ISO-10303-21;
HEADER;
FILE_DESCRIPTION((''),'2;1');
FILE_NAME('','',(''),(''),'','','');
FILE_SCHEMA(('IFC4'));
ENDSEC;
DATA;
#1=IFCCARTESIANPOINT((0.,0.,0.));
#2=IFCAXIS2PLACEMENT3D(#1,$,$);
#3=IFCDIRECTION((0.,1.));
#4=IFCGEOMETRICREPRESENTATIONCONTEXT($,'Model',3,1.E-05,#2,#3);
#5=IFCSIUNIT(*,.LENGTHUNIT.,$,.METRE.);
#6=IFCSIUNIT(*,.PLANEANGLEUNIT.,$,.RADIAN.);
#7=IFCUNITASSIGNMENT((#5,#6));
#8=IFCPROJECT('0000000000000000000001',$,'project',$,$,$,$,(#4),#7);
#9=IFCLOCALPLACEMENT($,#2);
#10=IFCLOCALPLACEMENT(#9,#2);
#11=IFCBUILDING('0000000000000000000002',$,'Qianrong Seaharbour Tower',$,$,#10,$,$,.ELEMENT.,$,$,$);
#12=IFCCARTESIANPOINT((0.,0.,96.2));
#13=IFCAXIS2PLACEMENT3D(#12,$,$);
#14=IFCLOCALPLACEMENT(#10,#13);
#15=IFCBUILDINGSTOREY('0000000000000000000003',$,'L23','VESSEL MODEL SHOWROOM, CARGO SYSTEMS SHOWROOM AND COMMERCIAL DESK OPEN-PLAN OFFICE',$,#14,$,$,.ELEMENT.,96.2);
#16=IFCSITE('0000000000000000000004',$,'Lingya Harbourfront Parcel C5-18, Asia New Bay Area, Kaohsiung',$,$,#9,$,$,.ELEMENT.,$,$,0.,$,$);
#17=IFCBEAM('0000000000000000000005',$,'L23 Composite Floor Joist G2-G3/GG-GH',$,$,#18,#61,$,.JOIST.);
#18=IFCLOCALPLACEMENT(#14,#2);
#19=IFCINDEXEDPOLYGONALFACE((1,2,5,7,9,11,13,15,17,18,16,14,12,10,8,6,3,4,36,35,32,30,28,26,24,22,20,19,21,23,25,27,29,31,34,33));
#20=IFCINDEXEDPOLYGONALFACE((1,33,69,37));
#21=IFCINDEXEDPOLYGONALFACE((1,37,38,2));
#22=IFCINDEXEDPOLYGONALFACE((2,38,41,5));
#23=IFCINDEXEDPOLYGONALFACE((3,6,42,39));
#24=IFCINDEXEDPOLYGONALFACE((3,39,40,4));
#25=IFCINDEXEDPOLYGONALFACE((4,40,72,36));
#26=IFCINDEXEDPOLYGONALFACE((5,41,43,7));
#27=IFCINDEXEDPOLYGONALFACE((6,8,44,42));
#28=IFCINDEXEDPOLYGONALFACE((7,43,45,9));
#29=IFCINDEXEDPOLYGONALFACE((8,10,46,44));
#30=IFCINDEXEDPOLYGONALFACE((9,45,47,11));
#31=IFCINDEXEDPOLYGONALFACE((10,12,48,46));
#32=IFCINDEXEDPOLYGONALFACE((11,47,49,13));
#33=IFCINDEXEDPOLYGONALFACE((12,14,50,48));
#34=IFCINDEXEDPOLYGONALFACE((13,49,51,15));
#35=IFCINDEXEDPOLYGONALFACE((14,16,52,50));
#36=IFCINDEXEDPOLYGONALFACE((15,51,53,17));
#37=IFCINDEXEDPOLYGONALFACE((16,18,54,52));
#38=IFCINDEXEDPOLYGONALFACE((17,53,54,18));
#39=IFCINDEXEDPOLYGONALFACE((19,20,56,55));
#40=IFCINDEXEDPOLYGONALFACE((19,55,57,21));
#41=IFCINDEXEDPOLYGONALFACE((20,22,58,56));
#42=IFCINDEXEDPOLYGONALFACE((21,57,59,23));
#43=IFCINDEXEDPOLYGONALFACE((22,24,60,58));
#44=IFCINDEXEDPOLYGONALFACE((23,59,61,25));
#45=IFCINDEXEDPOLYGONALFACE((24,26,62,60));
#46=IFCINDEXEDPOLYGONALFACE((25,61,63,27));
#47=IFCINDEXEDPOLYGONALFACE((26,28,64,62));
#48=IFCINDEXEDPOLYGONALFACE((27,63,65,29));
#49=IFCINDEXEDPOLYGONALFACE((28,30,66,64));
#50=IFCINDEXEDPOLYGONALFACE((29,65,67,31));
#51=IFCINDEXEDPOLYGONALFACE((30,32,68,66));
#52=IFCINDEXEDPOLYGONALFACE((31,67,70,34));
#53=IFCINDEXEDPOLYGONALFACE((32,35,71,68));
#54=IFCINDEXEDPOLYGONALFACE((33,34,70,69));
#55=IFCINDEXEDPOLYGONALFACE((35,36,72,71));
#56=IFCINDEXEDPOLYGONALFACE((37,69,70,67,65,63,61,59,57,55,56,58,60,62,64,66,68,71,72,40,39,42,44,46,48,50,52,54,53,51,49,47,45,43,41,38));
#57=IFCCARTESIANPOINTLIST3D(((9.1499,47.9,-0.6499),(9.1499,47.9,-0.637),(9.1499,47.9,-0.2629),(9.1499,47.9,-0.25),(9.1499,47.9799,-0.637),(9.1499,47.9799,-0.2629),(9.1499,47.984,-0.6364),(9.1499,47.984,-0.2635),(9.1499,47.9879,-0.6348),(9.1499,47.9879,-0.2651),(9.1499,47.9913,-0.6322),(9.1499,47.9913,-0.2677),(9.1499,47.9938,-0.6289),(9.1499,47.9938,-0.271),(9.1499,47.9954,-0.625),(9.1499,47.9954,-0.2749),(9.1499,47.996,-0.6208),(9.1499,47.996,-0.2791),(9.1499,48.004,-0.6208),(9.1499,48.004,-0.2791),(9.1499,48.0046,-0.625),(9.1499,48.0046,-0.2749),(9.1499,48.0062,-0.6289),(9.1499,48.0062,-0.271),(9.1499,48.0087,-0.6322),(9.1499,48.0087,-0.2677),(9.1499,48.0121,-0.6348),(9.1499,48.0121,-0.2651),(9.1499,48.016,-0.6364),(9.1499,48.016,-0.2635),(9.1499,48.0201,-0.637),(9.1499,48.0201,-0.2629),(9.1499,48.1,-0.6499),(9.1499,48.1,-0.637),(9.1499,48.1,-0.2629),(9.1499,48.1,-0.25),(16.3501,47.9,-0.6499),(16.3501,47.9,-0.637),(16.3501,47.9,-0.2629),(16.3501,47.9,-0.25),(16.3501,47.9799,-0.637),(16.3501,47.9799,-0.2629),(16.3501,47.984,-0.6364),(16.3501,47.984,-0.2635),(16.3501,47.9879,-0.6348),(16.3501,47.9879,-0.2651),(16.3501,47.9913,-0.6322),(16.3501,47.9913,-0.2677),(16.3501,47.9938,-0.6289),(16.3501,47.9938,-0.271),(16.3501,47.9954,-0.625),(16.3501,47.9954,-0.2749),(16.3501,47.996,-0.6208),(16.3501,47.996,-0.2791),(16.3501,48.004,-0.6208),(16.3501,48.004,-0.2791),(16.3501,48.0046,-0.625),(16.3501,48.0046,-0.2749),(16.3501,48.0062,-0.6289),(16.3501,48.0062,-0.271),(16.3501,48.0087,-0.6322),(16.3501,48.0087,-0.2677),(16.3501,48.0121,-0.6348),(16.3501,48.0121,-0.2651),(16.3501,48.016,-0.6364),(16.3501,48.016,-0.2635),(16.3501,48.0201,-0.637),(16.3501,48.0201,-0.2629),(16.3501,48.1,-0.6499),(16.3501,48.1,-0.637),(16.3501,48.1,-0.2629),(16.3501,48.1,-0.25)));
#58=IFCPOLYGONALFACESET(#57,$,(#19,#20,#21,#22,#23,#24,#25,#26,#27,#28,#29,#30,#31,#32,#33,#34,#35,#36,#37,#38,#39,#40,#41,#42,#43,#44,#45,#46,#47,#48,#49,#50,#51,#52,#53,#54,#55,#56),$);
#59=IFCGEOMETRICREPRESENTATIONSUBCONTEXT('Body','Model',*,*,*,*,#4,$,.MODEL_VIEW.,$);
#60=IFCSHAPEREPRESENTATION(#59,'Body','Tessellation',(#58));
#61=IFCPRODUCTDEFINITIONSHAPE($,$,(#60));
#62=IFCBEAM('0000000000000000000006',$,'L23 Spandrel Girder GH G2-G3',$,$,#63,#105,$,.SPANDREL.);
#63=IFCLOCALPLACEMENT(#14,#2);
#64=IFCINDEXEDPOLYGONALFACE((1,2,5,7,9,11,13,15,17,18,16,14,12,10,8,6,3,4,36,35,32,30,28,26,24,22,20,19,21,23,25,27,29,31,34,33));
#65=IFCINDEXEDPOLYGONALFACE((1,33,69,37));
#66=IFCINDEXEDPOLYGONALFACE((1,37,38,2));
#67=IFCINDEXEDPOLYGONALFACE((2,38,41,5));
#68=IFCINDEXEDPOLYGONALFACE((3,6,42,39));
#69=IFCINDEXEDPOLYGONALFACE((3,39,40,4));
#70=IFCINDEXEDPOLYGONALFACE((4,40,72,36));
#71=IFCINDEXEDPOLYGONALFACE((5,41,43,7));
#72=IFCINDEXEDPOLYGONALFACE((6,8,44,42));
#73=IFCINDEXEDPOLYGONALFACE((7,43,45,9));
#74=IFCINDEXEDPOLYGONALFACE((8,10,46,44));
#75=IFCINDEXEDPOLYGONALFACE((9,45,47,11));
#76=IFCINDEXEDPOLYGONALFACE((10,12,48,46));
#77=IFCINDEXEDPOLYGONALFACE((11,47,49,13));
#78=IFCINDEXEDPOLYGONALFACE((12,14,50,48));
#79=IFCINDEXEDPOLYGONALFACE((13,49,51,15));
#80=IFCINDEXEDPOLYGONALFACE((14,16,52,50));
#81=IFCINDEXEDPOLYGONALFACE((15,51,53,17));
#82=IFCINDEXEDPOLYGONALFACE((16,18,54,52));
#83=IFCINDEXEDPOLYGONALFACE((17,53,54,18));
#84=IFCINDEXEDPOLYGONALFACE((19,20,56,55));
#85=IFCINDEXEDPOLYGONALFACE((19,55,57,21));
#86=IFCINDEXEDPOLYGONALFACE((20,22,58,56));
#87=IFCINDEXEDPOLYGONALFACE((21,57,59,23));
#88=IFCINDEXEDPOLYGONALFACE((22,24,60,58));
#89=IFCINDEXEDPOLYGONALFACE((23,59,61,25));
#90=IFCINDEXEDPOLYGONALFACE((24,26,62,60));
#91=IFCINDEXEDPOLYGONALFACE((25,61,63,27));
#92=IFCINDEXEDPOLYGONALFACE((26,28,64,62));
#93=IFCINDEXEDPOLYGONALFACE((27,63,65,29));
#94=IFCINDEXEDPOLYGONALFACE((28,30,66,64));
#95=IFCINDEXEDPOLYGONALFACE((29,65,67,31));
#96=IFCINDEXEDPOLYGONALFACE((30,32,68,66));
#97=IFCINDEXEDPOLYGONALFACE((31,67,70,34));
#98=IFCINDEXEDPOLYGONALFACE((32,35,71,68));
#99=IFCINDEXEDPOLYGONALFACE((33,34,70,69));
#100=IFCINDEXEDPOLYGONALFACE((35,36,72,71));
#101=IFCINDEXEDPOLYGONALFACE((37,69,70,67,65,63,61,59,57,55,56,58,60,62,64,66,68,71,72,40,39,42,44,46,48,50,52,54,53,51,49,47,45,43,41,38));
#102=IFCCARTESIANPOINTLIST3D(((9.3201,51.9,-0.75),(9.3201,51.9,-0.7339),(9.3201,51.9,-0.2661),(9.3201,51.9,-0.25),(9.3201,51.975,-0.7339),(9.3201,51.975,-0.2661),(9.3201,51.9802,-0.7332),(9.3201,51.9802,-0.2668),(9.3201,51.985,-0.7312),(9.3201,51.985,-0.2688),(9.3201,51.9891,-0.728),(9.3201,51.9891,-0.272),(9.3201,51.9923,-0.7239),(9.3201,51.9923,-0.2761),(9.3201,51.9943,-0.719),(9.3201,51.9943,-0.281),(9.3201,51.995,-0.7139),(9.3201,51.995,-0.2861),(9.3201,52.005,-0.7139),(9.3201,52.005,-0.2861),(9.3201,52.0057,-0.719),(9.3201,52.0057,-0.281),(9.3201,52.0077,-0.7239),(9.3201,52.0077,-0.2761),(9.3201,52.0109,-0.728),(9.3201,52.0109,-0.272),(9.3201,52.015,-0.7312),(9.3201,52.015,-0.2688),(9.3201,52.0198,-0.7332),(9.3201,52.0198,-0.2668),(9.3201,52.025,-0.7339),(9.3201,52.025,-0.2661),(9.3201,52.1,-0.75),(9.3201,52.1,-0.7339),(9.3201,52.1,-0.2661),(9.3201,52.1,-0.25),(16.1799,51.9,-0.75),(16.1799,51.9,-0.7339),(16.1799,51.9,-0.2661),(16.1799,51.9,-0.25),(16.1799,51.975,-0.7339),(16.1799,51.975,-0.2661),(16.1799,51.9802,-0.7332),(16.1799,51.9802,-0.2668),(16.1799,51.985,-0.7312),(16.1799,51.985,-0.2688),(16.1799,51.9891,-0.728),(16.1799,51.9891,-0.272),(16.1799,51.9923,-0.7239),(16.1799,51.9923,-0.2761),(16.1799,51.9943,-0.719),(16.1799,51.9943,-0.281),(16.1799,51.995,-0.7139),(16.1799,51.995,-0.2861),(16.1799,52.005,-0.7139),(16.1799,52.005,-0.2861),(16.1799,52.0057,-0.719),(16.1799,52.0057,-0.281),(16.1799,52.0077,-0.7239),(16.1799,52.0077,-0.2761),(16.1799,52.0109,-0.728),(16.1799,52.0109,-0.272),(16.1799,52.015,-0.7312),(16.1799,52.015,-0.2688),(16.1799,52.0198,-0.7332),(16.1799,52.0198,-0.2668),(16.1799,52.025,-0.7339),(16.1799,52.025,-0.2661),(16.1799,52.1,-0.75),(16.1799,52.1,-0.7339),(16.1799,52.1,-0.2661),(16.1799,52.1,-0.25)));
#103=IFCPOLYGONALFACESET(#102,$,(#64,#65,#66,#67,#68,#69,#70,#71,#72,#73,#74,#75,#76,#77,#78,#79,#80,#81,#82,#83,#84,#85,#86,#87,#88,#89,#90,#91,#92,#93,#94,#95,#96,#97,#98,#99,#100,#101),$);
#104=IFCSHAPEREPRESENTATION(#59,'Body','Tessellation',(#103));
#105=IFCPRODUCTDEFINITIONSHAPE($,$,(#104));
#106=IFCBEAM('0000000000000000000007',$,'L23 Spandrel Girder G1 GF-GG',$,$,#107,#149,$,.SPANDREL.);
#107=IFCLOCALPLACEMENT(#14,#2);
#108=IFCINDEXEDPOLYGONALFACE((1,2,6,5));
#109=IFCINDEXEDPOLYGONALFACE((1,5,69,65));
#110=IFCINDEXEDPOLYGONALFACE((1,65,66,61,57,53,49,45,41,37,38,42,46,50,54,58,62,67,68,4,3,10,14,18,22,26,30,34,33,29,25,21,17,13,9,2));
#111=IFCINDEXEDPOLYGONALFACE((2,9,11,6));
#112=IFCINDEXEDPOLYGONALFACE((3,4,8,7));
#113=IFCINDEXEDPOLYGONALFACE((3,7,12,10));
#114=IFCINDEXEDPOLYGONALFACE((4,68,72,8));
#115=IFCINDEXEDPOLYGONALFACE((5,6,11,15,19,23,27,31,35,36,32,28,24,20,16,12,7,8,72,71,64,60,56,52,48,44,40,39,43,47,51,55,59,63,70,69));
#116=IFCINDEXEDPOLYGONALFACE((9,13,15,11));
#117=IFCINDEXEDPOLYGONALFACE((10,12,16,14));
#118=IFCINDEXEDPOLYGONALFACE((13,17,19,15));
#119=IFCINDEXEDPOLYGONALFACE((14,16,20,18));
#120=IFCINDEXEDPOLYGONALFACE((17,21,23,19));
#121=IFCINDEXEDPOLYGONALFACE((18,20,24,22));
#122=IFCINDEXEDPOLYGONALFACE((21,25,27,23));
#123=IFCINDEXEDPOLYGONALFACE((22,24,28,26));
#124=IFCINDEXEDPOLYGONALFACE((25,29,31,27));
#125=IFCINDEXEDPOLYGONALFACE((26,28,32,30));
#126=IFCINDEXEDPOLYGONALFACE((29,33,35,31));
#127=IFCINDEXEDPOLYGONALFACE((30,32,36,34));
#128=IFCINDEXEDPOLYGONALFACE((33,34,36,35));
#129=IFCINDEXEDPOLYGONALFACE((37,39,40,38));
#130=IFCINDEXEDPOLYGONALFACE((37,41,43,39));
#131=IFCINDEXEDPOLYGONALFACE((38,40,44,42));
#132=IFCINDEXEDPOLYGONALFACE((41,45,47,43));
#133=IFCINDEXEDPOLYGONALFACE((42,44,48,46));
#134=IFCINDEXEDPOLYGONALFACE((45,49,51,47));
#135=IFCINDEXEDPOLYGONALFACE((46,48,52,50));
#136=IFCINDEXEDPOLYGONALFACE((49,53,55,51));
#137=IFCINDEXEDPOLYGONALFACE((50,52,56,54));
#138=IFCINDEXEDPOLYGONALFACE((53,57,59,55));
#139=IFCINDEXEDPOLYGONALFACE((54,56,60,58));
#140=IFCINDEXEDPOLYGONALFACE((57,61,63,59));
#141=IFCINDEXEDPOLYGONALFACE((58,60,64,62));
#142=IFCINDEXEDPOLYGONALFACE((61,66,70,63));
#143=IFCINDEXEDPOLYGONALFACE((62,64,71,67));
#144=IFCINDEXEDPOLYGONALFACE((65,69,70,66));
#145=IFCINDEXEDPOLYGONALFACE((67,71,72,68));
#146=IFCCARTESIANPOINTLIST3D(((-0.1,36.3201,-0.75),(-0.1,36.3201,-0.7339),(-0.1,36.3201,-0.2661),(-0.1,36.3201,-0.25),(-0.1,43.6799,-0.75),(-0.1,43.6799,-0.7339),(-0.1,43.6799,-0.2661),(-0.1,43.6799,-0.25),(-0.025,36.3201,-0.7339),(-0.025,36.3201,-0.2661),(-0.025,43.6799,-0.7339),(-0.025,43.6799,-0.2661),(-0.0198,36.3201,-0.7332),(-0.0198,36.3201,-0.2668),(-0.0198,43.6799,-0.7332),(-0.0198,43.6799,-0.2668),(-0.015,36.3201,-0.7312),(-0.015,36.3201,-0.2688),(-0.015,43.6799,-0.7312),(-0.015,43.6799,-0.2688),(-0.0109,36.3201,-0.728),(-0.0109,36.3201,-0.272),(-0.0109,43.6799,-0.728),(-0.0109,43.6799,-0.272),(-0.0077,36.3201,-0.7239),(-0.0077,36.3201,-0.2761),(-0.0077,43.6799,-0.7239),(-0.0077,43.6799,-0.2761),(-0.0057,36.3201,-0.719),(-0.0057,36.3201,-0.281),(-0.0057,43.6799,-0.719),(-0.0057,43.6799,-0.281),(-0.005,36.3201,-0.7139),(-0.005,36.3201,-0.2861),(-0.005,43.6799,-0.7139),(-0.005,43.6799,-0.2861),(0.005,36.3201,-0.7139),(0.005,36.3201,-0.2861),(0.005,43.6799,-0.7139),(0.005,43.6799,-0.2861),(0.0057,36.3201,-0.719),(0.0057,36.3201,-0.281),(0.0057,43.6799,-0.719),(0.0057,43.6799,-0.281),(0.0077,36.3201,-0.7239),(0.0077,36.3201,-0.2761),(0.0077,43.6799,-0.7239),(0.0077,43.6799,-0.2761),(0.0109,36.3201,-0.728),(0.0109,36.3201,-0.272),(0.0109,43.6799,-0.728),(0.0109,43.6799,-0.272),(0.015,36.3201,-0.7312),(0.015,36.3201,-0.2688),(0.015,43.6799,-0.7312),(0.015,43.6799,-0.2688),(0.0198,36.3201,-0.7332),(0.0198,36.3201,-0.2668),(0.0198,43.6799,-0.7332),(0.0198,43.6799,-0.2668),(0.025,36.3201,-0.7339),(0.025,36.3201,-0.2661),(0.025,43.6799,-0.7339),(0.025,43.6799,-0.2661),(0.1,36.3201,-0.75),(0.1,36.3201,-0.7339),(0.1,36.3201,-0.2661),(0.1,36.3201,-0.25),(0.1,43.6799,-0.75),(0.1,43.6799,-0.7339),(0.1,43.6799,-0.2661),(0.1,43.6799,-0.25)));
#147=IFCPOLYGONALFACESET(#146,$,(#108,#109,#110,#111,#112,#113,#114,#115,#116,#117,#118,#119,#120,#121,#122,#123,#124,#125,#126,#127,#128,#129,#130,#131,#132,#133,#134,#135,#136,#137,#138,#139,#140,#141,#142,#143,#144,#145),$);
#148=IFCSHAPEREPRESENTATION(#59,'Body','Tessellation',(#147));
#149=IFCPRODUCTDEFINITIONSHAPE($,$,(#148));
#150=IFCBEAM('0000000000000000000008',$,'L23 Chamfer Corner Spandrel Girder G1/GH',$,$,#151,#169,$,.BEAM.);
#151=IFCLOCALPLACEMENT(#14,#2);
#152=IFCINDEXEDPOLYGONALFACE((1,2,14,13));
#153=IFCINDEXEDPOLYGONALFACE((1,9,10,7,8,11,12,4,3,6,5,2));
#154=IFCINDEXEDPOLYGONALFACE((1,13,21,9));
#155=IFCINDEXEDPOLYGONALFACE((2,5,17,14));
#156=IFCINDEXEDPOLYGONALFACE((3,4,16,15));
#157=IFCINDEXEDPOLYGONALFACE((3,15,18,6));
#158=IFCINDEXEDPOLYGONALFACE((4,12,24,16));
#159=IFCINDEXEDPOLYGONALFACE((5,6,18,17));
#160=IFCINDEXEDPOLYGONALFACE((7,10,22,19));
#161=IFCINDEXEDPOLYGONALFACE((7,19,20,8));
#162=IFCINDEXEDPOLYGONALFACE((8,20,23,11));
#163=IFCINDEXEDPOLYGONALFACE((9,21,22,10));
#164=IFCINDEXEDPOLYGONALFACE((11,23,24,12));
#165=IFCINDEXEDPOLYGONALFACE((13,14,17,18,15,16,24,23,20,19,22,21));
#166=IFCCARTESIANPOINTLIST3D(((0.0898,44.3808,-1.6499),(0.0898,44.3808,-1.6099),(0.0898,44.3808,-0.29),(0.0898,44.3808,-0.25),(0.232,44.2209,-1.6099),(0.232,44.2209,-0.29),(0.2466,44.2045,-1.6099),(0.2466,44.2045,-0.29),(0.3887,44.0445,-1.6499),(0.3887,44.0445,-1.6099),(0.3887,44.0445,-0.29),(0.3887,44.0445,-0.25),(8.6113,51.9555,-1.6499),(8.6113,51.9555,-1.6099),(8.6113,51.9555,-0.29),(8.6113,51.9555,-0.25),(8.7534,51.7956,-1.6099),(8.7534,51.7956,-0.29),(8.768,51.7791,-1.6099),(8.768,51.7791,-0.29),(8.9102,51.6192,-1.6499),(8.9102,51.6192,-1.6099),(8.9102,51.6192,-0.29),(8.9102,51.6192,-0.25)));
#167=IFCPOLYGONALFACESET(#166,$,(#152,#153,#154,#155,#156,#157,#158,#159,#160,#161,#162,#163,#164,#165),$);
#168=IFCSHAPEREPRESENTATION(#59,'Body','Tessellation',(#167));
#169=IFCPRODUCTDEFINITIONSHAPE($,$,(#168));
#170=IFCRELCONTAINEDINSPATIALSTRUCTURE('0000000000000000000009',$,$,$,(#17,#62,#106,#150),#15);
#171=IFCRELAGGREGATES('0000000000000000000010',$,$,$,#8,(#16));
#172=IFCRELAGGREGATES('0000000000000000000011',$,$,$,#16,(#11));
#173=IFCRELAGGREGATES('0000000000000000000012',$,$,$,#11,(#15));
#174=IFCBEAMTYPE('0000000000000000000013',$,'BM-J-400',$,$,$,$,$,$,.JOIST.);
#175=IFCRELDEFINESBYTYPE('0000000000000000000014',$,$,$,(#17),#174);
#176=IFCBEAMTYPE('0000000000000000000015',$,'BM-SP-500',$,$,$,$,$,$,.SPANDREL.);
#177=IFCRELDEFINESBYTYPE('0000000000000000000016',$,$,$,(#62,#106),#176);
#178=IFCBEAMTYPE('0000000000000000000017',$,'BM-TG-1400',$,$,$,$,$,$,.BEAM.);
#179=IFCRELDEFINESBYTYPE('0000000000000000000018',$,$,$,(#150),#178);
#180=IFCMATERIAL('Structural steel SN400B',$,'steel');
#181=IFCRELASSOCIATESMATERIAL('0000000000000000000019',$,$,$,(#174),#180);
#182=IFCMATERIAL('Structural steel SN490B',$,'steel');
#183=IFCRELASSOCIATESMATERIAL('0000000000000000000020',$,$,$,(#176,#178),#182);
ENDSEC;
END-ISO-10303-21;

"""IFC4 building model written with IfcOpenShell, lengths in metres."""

from ifc_helpers import new_model, si_unit, direction, frame, origin, origin_2d, place, context, subcontext, project, spatial, i_section, extrude, material, material_profile, profile_set, type_object, element, save


model = new_model("IFC4")

# Units and contexts
model_context = context("Model", 3, precision=1e-05, world=origin(), true_north=direction((0.0, 1.0)))
body_context = subcontext(model_context, "Body", "Model", "MODEL_VIEW")
ifc_project = project(units=[si_unit("LENGTHUNIT", "METRE"), si_unit("PLANEANGLEUNIT", "RADIAN")], contexts=[model_context])

# Site, building, storey
site_placement = place(None, origin())
site = spatial("IfcSite", under=ifc_project, at=site_placement, Name="Lingya Harbourfront Parcel C5-18, Asia New Bay Area, Kaohsiung", CompositionType="ELEMENT", RefElevation=0.0)
building_placement = place(site_placement, origin())
building = spatial("IfcBuilding", under=site, at=building_placement, Name="Qianrong Seaharbour Tower", CompositionType="ELEMENT")
storey_placement = place(building_placement, frame((0.0, 0.0, 96.2)))
storey = spatial("IfcBuildingStorey", under=building, at=storey_placement, Name="L23", Description="VESSEL MODEL SHOWROOM, CARGO SYSTEMS SHOWROOM AND COMMERCIAL DESK OPEN-PLAN OFFICE", CompositionType="ELEMENT", Elevation=96.2)

# Shared definitions
ifc_material_1 = material(Name="Structural steel SN490B", Category="steel")

# Beams
ifc_material_2 = material(Name="Structural steel SN400B", Category="steel")
ifc_material_profile_1 = material_profile(ifc_material_2, i_section(OverallWidth=0.2, OverallDepth=0.3999, WebThickness=0.0081, FlangeThickness=0.0129, FilletRadius=0.0161, at=origin_2d()), Name="H400x200x8x13")
ifc_profile_set_1 = profile_set([ifc_material_profile_1], Name="Structural steel SN400B")
beam_type_1 = type_object("IfcBeamType", Name="BM-J-400", PredefinedType="JOIST", material=ifc_profile_set_1)
for number, where, z_axis, x_axis, name in (
    (1, (9.1499, 48.0, -0.45), (1.0, 0.0, 0.0), (0.0, 1.0, 0.0), "L23 Composite Floor Joist G2-G3/GG-GH"),
):
    element("IfcBeam", number, at=place(storey_placement, frame(where, z_axis=z_axis, x_axis=x_axis)), inside=storey, type_object=beam_type_1, Name=name, PredefinedType="JOIST", context=body_context, shape_type="SweptSolid", body=[
        extrude(i_section(OverallWidth=0.2, OverallDepth=0.3999, WebThickness=0.0081, FlangeThickness=0.0129, FilletRadius=0.0161, at=origin_2d()), origin(), (0.0, 0.0, 1.0), 7.2002),
    ])
ifc_material_profile_2 = material_profile(ifc_material_1, i_section(OverallWidth=0.2, OverallDepth=0.5, WebThickness=0.01, FlangeThickness=0.0161, FilletRadius=0.02, at=origin_2d()), Name="H500x200x10x16")
ifc_profile_set_2 = profile_set([ifc_material_profile_2], Name="Structural steel SN490B")
beam_type_2 = type_object("IfcBeamType", Name="BM-SP-500", PredefinedType="SPANDREL", material=ifc_profile_set_2)
beam_1_placement = place(storey_placement, frame((9.3201, 52.0, -0.5), z_axis=(1.0, 0.0, 0.0), x_axis=(0.0, 1.0, 0.0)))
element("IfcBeam", 2, at=beam_1_placement, inside=storey, type_object=beam_type_2, Name="L23 Spandrel Girder GH G2-G3", PredefinedType="SPANDREL", context=body_context, shape_type="SweptSolid", body=[
    extrude(i_section(OverallWidth=0.2, OverallDepth=0.5, WebThickness=0.01, FlangeThickness=0.0161, FilletRadius=0.02, at=origin_2d()), origin(), (0.0, 0.0, 1.0), 6.8599),
])
beam_2_placement = place(storey_placement, frame((0.0, 36.3201, -0.5), z_axis=(0.0, 1.0, 0.0), x_axis=(-1.0, 0.0, 0.0)))
element("IfcBeam", 3, at=beam_2_placement, inside=storey, type_object=beam_type_2, Name="L23 Spandrel Girder G1 GF-GG", PredefinedType="SPANDREL", context=body_context, shape_type="SweptSolid", body=[
    extrude(i_section(OverallWidth=0.2, OverallDepth=0.5, WebThickness=0.01, FlangeThickness=0.0161, FilletRadius=0.02, at=origin_2d()), origin(), (0.0, 0.0, 1.0), 7.3599),
])
ifc_material_profile_3 = material_profile(ifc_material_1, i_section(OverallWidth=0.45, OverallDepth=1.3999, WebThickness=0.022, FlangeThickness=0.04, at=origin_2d()), Name="BH1400x450x22x40")
ifc_profile_set_3 = profile_set([ifc_material_profile_3], Name="Structural steel SN490B")
beam_type_3 = type_object("IfcBeamType", Name="BM-TG-1400", PredefinedType="BEAM", material=ifc_profile_set_3)
beam_3_placement = place(storey_placement, frame((8.7607, 51.7874, -0.95), z_axis=(-0.747407, -0.664366, 0.0), x_axis=(0.664366, -0.747407, 0.0)))
element("IfcBeam", 4, at=beam_3_placement, inside=storey, type_object=beam_type_3, Name="L23 Chamfer Corner Spandrel Girder G1/GH", PredefinedType="BEAM", context=body_context, shape_type="SweptSolid", body=[
    extrude(i_section(OverallWidth=0.45, OverallDepth=1.3999, WebThickness=0.022, FlangeThickness=0.04, at=origin_2d()), origin(), (0.0, 0.0, 1.0), 11.4014),
])

save(model, "model.ifc")
